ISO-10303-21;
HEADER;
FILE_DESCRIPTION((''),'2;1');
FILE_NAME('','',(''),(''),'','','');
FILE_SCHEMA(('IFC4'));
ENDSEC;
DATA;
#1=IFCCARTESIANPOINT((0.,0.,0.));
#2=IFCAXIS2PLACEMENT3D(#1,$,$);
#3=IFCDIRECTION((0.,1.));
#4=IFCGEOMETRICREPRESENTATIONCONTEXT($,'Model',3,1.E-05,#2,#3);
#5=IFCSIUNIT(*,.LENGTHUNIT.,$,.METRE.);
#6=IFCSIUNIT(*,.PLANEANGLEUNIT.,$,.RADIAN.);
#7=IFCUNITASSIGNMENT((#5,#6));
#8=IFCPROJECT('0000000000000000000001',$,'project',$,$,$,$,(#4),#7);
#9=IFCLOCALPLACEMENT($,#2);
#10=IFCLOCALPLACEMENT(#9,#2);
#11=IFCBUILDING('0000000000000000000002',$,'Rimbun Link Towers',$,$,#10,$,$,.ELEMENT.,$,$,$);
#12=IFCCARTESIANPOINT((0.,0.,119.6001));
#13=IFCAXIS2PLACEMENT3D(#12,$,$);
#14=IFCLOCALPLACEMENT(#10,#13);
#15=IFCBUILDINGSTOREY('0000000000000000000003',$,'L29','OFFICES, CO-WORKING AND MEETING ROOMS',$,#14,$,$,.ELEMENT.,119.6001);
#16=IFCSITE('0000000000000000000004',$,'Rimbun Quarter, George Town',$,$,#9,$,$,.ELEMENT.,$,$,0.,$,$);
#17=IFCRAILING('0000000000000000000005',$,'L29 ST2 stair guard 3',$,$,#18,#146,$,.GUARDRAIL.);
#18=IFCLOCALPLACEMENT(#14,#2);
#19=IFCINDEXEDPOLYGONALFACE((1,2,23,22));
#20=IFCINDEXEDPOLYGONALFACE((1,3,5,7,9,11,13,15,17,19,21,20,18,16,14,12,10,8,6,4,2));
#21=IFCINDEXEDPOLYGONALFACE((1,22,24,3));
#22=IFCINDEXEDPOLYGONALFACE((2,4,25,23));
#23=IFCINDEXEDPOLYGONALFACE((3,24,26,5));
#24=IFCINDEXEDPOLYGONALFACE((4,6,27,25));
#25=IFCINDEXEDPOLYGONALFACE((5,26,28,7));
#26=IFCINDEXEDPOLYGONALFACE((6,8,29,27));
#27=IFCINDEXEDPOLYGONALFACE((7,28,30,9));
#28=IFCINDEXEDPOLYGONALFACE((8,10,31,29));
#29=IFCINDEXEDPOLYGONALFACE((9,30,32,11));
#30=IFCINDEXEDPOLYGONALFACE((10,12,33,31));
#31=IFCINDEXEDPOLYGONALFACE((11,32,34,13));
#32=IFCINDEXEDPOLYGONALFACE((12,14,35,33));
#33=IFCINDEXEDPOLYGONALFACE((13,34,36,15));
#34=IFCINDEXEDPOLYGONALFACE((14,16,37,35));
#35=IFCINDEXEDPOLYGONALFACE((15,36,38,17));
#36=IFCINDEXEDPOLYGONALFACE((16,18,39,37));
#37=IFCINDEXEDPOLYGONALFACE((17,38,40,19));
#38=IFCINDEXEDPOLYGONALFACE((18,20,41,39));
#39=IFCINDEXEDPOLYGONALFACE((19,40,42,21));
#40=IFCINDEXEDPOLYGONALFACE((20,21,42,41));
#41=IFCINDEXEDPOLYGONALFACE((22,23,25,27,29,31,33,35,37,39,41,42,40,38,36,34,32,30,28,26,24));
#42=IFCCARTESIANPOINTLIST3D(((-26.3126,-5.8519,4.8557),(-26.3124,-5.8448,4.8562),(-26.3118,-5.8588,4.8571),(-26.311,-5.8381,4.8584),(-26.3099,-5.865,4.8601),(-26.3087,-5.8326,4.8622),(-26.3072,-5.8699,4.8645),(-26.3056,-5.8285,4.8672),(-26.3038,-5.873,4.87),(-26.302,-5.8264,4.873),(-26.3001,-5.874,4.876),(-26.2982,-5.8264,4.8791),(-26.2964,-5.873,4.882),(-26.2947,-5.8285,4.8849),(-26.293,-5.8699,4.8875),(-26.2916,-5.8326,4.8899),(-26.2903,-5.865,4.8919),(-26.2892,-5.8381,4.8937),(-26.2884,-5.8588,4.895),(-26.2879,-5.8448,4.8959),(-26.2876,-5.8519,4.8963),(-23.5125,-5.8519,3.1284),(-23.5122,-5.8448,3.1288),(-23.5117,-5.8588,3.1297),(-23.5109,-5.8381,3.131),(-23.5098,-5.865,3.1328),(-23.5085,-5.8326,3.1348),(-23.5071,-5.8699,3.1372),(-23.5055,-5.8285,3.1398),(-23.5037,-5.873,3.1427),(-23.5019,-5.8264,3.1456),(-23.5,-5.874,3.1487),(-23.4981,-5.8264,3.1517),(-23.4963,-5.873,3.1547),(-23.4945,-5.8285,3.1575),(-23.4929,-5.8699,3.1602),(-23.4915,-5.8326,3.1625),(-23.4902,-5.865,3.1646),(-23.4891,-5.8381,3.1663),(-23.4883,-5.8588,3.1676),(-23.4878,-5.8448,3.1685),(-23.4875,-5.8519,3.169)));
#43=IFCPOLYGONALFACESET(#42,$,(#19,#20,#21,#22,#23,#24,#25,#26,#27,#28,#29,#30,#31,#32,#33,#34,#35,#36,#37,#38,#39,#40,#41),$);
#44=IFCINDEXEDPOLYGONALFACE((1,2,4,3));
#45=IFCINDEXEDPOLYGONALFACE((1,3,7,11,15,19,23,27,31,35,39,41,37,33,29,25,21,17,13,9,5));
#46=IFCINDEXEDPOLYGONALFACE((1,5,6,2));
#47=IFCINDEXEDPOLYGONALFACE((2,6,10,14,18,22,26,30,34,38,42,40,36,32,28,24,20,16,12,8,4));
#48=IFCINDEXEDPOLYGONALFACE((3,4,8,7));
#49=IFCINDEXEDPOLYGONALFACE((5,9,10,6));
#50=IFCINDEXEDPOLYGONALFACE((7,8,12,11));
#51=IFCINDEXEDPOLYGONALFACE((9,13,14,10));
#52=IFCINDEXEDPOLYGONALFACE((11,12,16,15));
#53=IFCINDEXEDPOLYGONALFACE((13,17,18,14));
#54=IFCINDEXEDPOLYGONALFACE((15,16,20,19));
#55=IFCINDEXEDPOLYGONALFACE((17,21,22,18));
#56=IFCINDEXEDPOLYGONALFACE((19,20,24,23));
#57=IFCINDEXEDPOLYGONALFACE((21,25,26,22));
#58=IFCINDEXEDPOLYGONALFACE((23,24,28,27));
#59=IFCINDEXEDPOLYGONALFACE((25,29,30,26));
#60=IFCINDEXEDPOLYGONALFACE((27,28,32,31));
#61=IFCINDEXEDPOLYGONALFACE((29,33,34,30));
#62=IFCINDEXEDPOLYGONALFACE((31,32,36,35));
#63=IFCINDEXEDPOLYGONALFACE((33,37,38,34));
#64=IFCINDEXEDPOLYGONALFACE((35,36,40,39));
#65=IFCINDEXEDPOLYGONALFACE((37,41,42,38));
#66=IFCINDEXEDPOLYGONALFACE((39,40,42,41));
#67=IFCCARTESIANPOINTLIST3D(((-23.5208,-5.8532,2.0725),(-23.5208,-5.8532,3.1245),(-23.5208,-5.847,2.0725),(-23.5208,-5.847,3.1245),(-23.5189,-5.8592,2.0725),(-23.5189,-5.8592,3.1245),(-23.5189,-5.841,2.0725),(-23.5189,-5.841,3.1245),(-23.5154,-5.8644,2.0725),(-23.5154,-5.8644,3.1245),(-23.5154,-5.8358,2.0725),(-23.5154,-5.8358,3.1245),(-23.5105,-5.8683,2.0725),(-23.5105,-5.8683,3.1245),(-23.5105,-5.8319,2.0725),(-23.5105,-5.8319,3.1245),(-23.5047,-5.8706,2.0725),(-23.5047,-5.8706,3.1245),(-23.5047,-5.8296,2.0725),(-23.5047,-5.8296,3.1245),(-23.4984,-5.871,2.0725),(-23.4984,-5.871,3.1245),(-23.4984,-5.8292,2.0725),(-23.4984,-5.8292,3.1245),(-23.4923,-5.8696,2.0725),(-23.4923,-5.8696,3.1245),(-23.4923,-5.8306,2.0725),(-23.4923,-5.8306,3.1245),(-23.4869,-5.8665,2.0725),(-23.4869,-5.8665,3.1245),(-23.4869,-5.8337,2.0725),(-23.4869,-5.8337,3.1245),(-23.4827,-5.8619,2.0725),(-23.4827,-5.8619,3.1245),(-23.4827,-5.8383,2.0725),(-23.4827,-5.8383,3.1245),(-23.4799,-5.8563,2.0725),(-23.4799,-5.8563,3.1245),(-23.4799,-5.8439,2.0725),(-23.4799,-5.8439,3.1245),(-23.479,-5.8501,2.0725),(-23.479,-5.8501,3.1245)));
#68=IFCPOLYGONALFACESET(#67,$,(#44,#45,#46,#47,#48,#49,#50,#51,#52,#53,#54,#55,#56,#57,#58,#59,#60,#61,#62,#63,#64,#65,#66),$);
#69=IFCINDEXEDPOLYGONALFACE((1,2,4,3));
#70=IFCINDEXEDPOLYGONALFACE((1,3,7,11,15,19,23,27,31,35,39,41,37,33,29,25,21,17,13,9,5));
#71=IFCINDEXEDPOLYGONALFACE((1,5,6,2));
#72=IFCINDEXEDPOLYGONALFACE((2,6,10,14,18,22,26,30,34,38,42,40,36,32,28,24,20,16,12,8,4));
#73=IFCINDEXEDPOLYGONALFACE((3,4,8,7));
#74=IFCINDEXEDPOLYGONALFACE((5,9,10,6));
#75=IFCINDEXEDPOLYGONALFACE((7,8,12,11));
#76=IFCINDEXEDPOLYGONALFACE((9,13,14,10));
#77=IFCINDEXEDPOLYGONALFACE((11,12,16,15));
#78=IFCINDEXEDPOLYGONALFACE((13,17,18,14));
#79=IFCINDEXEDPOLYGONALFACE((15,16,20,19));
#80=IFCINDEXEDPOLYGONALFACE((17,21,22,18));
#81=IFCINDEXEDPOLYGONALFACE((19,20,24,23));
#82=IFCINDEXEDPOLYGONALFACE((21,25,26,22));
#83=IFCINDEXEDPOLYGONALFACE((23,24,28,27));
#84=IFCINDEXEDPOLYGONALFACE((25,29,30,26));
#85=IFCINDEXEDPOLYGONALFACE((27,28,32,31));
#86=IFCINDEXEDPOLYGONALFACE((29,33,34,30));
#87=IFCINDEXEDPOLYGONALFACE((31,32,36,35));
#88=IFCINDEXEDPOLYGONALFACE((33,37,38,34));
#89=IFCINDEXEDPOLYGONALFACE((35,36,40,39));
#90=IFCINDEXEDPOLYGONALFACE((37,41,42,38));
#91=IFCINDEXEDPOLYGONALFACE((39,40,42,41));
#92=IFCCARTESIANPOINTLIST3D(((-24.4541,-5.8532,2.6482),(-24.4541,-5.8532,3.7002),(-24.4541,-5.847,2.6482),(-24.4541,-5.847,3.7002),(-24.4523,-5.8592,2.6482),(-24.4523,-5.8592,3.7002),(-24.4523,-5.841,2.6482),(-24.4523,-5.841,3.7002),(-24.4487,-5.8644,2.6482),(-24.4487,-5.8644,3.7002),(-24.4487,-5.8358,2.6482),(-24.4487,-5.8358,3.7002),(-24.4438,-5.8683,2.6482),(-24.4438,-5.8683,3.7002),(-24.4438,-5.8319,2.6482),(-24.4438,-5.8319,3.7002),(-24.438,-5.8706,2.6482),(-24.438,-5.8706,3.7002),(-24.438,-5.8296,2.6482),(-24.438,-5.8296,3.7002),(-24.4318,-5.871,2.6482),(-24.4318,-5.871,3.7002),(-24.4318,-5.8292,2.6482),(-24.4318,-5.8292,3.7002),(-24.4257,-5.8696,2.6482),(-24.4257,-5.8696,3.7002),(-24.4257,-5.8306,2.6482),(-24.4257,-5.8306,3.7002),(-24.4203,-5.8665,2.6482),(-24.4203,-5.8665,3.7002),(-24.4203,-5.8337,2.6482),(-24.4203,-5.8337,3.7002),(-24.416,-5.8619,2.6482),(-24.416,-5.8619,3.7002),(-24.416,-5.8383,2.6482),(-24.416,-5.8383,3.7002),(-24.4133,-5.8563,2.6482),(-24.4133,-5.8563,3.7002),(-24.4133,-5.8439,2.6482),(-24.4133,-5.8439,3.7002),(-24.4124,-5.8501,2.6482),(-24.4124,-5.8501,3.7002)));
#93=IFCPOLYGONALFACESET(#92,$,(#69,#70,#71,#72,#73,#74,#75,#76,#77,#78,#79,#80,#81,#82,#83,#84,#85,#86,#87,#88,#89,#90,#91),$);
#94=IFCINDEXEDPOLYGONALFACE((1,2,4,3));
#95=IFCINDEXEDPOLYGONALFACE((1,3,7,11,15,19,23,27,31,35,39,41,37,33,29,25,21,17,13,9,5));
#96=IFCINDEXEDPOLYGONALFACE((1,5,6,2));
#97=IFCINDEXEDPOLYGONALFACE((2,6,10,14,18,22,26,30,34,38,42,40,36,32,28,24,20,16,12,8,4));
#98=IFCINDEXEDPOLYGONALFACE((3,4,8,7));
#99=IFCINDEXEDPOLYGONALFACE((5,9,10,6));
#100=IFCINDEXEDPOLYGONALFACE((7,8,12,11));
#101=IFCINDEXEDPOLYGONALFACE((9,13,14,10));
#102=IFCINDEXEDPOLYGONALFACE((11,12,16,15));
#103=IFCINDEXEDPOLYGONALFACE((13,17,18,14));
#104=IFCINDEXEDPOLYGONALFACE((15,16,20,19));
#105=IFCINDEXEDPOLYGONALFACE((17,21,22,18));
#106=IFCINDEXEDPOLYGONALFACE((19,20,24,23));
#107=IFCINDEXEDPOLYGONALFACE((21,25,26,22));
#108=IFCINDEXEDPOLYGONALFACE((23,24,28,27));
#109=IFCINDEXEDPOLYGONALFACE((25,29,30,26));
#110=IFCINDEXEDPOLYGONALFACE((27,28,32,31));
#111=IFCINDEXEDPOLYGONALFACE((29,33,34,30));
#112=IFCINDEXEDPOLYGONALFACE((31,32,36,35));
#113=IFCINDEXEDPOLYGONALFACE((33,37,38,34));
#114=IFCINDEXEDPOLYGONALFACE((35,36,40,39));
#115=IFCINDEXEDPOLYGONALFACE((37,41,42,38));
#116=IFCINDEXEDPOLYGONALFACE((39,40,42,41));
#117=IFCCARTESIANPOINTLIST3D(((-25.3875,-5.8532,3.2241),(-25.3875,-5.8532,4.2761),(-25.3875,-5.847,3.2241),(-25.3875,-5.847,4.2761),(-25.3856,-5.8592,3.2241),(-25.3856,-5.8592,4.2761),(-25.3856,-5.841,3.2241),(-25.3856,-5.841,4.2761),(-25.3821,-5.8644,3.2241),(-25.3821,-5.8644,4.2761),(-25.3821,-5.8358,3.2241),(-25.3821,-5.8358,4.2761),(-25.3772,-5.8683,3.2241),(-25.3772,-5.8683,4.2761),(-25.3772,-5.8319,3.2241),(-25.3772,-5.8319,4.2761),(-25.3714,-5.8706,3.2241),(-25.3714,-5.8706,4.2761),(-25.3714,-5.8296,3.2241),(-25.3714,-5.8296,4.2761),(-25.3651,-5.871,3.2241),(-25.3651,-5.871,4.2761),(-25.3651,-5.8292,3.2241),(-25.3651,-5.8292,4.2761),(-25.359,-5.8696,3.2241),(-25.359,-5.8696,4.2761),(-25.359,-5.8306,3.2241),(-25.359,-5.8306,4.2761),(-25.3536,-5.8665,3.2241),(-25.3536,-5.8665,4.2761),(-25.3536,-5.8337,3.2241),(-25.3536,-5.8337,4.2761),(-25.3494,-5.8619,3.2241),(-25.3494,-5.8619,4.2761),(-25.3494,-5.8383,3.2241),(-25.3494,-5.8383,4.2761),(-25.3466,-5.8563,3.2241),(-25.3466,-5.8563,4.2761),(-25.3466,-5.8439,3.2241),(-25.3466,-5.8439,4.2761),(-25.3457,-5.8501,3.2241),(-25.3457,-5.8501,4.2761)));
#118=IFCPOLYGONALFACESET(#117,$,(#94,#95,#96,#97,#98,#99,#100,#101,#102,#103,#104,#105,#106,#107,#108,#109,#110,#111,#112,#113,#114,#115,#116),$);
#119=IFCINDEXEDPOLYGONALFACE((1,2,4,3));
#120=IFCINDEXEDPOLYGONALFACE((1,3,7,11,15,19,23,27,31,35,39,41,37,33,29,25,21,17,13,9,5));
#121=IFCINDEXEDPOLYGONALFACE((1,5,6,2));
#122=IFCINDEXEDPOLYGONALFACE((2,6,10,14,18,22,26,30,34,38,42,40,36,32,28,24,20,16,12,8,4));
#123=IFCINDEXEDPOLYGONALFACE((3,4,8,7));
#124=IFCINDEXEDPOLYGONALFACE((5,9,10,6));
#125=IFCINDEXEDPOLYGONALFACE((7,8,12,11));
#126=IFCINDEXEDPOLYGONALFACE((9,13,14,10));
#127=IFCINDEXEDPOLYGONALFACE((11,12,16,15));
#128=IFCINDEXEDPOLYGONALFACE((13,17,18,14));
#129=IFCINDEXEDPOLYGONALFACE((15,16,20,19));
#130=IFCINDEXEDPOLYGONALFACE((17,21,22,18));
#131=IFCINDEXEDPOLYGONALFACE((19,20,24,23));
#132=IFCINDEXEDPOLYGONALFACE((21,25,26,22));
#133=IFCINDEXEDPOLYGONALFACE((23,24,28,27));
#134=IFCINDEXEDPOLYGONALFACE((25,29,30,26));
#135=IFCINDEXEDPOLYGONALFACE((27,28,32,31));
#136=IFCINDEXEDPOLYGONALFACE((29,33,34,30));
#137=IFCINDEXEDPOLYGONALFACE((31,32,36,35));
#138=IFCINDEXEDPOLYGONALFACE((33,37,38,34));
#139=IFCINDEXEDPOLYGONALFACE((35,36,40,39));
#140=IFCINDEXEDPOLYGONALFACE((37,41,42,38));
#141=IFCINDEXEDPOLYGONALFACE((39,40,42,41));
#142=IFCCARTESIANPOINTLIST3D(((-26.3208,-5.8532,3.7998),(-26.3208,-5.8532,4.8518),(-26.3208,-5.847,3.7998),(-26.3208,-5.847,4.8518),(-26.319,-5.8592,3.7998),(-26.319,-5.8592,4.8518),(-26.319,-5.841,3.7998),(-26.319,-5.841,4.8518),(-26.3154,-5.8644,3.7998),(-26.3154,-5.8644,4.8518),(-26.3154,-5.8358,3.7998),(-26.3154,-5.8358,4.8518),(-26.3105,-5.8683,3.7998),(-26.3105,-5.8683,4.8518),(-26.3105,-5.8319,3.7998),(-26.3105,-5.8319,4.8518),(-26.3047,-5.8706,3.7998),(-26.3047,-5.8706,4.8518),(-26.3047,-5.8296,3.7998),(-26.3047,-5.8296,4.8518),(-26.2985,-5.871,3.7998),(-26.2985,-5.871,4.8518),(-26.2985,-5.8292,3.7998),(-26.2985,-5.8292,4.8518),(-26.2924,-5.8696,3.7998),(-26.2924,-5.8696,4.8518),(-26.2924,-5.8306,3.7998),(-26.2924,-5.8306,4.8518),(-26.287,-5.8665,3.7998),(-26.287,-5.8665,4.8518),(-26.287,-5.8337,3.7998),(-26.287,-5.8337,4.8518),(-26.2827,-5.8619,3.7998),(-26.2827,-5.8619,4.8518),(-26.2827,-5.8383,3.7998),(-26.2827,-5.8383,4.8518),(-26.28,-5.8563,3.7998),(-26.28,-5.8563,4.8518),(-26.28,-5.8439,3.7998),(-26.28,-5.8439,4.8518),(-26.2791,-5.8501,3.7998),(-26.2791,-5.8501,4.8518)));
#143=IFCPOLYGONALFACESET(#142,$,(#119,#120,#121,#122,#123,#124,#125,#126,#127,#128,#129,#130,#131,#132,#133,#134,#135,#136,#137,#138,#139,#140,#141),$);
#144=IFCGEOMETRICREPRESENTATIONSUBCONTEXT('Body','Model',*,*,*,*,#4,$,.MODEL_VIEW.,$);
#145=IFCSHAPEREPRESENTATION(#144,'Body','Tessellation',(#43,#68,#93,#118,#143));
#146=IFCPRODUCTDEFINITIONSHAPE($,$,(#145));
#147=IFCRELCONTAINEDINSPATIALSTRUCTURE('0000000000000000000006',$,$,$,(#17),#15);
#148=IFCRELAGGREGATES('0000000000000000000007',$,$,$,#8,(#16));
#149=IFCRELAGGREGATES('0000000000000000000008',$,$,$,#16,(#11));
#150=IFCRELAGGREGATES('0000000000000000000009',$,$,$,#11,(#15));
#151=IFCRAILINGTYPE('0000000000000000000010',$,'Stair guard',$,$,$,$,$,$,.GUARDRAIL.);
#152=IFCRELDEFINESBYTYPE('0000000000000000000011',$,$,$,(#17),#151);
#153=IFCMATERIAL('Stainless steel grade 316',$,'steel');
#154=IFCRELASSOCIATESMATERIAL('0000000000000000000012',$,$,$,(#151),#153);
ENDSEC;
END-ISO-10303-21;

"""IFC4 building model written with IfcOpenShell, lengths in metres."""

from ifc_helpers import new_model, si_unit, direction, frame, origin, origin_2d, place, context, subcontext, project, spatial, circle, extrude, material, type_object, element, save


model = new_model("IFC4")

# Units and contexts
model_context = context("Model", 3, precision=1e-05, world=origin(), true_north=direction((0.0, 1.0)))
body_context = subcontext(model_context, "Body", "Model", "MODEL_VIEW")
ifc_project = project(units=[si_unit("LENGTHUNIT", "METRE"), si_unit("PLANEANGLEUNIT", "RADIAN")], contexts=[model_context])

# Site, building, storey
site_placement = place(None, origin())
site = spatial("IfcSite", under=ifc_project, at=site_placement, Name="Rimbun Quarter, George Town", CompositionType="ELEMENT", RefElevation=0.0)
building_placement = place(site_placement, origin())
building = spatial("IfcBuilding", under=site, at=building_placement, Name="Rimbun Link Towers", CompositionType="ELEMENT")
storey_placement = place(building_placement, frame((0.0, 0.0, 119.6001)))
storey = spatial("IfcBuildingStorey", under=building, at=storey_placement, Name="L29", Description="OFFICES, CO-WORKING AND MEETING ROOMS", CompositionType="ELEMENT", Elevation=119.6001)

# Railing
ifc_material_1 = material(Name="Stainless steel grade 316", Category="steel")
railing_type_1 = type_object("IfcRailingType", Name="Stair guard", PredefinedType="GUARDRAIL", material=ifc_material_1)
railing_1_placement = place(storey_placement, frame((-23.5, -5.8501, 2.0725)))
element("IfcRailing", 1, at=railing_1_placement, inside=storey, type_object=railing_type_1, Name="L29 ST2 stair guard 3", PredefinedType="GUARDRAIL", context=body_context, shape_type="SweptSolid", body=[
    extrude(circle(Radius=0.0239, at=origin_2d()), frame((0.0, 0.0, 1.0762), z_axis=(-0.85109, 0.0, 0.52502), x_axis=(0.0, -1.0, 0.0)), (0.0, 0.0, 1.0), 3.29),
    extrude(circle(Radius=0.021, at=origin_2d()), origin(), (0.0, 0.0, 1.0), 1.052),
    extrude(circle(Radius=0.021, at=origin_2d()), frame((-0.9333, 0.0, 0.5757)), (0.0, 0.0, 1.0), 1.052),
    extrude(circle(Radius=0.021, at=origin_2d()), frame((-1.8667, 0.0, 1.1516)), (0.0, 0.0, 1.0), 1.052),
    extrude(circle(Radius=0.021, at=origin_2d()), frame((-2.8, 0.0, 1.7273)), (0.0, 0.0, 1.0), 1.052),
])

save(model, "model.ifc")
